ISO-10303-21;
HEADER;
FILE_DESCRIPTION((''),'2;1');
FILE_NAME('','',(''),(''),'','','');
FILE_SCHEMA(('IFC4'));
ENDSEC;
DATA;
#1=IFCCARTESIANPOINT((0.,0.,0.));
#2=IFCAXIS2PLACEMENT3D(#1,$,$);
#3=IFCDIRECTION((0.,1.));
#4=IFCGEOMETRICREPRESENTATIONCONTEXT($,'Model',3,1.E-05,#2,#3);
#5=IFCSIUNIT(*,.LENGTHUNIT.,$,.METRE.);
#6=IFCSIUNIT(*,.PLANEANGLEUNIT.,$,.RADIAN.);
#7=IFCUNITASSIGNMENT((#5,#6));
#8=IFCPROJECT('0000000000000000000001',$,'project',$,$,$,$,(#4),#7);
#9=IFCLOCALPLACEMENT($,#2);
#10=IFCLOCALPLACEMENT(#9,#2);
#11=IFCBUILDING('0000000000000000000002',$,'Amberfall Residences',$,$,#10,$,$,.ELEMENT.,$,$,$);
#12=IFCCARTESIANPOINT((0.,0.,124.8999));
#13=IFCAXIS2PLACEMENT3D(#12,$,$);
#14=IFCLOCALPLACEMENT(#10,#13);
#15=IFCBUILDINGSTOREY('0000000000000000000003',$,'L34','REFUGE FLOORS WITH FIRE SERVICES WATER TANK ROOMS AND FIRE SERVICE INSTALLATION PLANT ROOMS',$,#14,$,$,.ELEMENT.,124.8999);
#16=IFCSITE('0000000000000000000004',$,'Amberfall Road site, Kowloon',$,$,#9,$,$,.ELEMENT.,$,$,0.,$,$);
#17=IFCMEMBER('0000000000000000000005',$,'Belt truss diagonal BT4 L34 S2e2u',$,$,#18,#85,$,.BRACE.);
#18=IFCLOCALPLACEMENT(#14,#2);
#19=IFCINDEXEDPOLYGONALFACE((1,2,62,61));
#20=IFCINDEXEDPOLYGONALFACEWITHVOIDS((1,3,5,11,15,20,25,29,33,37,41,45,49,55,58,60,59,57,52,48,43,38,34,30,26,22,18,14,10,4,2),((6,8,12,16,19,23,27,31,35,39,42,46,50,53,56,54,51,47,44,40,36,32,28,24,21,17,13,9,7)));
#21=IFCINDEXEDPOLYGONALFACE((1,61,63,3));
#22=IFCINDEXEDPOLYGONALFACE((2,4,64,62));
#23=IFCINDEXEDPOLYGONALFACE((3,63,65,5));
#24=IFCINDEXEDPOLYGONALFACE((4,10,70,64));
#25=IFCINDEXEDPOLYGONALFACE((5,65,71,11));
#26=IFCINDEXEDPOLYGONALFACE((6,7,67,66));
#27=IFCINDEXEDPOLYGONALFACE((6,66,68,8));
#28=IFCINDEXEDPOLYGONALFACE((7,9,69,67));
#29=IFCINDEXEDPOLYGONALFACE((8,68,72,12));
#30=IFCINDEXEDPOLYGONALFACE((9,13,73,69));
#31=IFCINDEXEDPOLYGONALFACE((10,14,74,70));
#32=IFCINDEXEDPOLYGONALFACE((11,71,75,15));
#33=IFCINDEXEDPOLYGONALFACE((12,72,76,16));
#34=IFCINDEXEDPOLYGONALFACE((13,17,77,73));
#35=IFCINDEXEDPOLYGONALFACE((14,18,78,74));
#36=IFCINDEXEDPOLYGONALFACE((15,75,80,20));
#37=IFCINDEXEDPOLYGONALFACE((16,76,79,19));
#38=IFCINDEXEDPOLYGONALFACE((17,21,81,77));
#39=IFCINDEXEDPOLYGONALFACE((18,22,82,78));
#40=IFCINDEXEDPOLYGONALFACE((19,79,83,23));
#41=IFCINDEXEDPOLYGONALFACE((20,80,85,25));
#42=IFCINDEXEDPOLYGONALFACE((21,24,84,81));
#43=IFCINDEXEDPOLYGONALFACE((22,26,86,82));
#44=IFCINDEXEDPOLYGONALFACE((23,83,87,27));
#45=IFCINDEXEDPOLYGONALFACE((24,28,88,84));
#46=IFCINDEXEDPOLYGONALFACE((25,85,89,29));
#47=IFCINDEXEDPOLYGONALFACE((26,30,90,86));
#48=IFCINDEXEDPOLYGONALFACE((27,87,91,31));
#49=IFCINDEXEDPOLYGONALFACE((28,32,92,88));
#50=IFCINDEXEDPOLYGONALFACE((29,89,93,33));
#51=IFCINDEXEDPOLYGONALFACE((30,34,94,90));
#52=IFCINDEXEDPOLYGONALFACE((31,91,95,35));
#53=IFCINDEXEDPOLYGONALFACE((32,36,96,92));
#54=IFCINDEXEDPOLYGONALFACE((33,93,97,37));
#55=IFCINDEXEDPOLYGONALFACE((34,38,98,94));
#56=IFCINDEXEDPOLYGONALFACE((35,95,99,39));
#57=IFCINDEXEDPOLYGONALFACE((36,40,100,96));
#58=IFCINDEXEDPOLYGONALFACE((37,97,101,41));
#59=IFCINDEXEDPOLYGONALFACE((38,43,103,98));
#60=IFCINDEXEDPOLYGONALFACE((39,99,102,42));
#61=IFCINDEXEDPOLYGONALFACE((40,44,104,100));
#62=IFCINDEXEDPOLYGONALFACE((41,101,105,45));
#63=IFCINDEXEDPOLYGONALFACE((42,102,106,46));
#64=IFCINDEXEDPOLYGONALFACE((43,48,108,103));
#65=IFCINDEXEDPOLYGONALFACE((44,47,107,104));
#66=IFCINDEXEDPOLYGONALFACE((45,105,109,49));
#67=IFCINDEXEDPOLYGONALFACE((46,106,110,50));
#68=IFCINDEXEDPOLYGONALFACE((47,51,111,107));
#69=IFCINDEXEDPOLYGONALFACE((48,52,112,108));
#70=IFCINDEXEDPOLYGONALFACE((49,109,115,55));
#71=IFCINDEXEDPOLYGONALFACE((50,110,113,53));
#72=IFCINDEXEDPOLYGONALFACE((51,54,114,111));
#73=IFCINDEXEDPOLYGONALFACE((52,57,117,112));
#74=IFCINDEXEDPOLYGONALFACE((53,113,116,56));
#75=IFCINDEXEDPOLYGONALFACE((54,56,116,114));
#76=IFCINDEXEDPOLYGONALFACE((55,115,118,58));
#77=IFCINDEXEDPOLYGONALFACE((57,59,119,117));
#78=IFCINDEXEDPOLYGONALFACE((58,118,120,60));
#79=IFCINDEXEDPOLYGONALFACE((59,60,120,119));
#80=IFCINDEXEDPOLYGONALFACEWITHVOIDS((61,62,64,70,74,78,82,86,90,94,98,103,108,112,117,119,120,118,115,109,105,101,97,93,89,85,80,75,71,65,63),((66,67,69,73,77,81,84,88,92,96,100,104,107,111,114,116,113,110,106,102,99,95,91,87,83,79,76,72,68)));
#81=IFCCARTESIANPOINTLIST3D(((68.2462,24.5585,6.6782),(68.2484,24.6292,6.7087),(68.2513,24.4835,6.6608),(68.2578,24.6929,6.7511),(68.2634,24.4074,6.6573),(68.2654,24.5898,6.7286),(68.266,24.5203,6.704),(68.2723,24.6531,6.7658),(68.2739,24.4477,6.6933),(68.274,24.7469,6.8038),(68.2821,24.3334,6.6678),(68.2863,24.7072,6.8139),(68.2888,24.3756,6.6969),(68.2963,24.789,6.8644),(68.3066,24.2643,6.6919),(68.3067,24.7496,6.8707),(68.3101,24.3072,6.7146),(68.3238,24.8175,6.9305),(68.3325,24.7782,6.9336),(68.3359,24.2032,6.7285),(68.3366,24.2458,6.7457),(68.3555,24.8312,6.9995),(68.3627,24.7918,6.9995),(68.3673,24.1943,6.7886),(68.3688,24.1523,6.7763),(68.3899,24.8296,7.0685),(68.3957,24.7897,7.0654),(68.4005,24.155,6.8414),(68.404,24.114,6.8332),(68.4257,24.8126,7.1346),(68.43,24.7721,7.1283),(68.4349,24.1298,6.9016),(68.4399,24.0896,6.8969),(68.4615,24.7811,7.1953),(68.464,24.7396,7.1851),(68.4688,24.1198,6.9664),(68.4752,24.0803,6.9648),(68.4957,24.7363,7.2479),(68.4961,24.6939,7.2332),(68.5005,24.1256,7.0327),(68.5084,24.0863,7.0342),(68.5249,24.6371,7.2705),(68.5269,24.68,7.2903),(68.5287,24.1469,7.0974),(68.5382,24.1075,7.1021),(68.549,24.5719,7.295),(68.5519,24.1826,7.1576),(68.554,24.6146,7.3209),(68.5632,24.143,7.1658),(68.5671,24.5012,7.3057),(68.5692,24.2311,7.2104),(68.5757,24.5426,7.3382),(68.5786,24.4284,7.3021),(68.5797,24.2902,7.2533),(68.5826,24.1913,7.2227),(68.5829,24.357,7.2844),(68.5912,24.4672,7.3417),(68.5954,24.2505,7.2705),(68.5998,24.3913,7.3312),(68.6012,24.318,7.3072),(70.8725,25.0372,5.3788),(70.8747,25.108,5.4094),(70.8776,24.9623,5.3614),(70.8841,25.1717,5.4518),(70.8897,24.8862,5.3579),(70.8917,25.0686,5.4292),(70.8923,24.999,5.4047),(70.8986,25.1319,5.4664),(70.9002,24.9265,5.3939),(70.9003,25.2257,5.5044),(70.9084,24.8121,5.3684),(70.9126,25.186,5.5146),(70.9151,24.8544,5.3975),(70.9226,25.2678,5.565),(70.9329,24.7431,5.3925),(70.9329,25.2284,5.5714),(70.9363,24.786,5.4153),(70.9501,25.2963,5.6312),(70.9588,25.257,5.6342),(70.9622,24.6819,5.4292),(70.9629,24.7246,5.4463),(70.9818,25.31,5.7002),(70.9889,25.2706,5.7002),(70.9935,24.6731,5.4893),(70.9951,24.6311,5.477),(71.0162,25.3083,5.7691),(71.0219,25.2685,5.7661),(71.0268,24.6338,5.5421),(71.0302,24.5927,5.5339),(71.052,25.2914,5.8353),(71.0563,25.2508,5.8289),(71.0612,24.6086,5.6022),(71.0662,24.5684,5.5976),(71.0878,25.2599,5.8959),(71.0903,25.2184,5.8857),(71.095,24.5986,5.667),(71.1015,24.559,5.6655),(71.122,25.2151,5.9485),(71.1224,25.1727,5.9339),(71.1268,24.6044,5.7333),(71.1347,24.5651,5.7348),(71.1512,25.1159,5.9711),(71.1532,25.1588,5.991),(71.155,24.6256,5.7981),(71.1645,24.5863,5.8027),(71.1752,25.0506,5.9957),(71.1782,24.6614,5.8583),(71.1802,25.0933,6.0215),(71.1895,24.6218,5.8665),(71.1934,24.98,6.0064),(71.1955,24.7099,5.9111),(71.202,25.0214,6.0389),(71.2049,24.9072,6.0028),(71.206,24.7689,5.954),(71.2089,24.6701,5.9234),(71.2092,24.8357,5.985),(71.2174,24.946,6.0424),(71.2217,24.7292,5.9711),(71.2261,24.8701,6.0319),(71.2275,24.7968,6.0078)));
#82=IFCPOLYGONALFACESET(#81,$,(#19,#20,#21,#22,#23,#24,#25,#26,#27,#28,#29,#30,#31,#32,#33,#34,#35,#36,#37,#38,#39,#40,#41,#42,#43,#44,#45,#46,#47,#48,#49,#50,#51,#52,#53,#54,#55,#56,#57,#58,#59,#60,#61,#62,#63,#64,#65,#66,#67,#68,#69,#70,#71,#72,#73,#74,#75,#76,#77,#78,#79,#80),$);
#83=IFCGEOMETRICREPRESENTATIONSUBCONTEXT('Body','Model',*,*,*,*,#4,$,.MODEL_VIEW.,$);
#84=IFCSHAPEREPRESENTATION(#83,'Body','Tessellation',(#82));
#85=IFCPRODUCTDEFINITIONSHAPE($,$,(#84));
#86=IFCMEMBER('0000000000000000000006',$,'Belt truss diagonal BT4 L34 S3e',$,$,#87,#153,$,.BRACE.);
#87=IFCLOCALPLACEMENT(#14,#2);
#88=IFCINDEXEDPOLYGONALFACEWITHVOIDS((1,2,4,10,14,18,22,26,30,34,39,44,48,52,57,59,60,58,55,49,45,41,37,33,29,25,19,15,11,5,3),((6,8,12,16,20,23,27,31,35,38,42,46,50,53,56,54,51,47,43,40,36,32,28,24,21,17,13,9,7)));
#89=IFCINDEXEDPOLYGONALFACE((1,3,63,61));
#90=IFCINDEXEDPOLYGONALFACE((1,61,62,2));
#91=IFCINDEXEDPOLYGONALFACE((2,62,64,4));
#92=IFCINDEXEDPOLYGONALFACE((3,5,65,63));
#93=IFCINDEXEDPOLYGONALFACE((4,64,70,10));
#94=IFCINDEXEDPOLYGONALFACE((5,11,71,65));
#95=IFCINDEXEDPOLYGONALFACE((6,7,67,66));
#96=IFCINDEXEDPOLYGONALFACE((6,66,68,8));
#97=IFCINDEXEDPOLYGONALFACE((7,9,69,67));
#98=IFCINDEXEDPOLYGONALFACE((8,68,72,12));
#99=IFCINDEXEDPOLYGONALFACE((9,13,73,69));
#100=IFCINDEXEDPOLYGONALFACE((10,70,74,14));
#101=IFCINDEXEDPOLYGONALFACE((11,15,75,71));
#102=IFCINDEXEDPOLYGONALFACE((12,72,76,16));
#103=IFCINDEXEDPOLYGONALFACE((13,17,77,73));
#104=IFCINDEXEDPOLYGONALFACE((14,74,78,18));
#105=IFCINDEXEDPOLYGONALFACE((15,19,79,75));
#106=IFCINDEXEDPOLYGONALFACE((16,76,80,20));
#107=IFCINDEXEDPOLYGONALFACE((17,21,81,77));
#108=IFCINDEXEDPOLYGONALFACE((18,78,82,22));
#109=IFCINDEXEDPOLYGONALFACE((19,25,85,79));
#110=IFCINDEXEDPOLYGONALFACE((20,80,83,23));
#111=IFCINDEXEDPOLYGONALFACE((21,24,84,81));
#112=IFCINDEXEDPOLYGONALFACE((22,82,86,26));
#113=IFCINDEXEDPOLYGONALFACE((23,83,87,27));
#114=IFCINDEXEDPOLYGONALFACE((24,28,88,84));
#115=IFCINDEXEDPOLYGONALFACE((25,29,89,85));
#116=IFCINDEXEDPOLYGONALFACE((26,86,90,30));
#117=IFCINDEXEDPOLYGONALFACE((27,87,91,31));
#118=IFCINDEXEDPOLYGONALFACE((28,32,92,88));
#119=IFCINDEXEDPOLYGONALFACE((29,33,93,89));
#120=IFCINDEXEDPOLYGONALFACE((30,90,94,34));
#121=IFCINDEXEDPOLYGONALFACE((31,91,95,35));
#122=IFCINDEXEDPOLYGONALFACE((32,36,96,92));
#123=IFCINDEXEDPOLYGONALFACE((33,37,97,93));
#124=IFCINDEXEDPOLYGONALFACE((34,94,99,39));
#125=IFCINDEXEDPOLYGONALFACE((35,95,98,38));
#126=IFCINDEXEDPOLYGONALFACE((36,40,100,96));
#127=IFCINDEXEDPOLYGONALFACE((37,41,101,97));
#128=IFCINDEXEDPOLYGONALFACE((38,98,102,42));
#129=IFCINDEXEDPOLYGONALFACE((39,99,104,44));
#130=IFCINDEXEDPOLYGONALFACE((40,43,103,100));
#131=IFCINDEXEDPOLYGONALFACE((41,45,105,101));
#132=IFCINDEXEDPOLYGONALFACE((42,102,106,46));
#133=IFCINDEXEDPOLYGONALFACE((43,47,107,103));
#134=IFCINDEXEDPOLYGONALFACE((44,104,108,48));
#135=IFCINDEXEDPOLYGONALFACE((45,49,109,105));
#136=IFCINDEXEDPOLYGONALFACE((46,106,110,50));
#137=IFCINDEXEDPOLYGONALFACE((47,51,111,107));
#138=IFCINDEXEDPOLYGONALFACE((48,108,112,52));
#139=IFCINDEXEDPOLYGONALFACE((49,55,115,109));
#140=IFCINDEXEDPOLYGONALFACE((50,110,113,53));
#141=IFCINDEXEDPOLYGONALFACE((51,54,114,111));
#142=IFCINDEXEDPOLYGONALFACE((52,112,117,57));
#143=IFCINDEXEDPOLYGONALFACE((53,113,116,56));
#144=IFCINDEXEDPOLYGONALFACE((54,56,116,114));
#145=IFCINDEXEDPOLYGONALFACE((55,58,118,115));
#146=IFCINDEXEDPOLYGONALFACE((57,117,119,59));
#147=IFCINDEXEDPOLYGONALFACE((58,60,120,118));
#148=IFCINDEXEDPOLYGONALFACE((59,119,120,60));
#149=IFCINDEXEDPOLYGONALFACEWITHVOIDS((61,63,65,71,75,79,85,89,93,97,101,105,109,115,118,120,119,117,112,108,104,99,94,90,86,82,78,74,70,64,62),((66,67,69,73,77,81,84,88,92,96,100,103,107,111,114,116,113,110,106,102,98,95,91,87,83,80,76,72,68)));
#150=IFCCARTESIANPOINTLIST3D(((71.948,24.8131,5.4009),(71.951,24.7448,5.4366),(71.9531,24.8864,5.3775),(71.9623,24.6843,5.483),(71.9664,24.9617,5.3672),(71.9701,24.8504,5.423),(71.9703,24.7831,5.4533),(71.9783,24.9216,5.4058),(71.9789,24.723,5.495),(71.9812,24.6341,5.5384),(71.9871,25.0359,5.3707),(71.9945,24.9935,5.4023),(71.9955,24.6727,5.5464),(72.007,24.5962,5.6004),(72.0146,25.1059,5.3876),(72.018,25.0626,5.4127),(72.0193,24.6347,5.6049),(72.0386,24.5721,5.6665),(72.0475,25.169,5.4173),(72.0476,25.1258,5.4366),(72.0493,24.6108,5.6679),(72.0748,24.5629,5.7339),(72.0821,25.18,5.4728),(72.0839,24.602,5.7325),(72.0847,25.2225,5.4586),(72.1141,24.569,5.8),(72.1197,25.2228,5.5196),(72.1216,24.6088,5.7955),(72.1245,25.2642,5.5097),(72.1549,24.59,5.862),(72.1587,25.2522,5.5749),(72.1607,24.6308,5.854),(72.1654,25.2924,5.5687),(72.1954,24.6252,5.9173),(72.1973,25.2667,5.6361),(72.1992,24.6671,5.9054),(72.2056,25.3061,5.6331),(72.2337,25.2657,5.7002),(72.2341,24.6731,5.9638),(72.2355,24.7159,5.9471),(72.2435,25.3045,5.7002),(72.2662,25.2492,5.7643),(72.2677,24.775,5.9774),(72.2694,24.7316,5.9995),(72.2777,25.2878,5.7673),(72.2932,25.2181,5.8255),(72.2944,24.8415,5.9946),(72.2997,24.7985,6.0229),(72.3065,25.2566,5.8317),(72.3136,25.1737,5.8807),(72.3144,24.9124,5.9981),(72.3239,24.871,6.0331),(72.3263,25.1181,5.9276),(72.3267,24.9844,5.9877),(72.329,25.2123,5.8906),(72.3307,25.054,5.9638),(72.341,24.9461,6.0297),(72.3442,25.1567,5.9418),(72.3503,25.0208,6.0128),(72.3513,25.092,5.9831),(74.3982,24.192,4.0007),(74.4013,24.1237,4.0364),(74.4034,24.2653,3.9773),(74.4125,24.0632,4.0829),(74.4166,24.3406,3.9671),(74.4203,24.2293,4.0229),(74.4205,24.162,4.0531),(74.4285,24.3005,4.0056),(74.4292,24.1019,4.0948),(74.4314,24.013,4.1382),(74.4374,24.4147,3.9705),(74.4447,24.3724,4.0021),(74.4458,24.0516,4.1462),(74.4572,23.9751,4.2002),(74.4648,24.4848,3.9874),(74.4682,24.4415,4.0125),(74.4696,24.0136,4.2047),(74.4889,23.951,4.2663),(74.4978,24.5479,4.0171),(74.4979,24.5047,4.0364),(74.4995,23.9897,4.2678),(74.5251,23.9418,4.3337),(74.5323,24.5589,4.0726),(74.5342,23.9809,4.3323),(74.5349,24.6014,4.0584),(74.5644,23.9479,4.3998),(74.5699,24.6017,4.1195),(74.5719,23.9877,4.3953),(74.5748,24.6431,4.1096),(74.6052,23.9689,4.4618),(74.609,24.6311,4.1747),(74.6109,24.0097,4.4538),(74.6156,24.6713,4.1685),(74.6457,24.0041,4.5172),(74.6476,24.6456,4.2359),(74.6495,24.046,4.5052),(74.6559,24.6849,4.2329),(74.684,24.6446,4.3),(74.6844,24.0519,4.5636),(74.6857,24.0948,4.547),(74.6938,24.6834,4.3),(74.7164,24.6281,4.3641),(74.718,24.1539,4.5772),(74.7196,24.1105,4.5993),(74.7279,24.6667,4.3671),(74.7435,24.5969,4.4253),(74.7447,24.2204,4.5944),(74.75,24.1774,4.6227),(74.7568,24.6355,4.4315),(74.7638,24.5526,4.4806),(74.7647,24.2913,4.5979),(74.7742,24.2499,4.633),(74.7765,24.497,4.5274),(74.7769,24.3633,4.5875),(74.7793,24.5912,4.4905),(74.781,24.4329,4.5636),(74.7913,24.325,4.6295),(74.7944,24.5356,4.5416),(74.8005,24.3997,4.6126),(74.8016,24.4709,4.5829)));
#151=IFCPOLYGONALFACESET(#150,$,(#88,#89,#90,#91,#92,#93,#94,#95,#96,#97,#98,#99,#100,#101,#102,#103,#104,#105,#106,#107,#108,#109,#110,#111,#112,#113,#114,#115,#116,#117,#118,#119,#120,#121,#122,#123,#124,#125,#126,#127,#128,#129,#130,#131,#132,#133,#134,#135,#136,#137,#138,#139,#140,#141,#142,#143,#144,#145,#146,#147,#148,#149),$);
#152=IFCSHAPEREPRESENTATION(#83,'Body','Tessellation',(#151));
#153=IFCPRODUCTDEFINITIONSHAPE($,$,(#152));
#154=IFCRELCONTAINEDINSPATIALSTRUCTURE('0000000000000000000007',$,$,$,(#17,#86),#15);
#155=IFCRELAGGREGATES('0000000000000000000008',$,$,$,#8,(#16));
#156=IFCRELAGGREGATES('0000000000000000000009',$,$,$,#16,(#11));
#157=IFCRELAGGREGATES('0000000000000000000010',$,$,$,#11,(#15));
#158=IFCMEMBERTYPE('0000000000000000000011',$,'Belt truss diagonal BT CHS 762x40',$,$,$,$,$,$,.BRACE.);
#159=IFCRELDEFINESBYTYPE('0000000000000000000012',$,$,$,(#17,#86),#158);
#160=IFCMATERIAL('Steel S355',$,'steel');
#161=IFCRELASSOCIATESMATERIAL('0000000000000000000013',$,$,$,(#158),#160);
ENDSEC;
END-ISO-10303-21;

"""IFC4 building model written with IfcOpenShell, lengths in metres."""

from ifc_helpers import new_model, si_unit, direction, frame, origin, origin_2d, place, context, subcontext, project, spatial, hollow_circle, extrude, material, material_profile, profile_set, type_object, element, save


model = new_model("IFC4")

# Units and contexts
model_context = context("Model", 3, precision=1e-05, world=origin(), true_north=direction((0.0, 1.0)))
body_context = subcontext(model_context, "Body", "Model", "MODEL_VIEW")
ifc_project = project(units=[si_unit("LENGTHUNIT", "METRE"), si_unit("PLANEANGLEUNIT", "RADIAN")], contexts=[model_context])

# Site, building, storey
site_placement = place(None, origin())
site = spatial("IfcSite", under=ifc_project, at=site_placement, Name="Amberfall Road site, Kowloon", CompositionType="ELEMENT", RefElevation=0.0)
building_placement = place(site_placement, origin())
building = spatial("IfcBuilding", under=site, at=building_placement, Name="Amberfall Residences", CompositionType="ELEMENT")
storey_placement = place(building_placement, frame((0.0, 0.0, 124.8999)))
storey = spatial("IfcBuildingStorey", under=building, at=storey_placement, Name="L34", Description="REFUGE FLOORS WITH FIRE SERVICES WATER TANK ROOMS AND FIRE SERVICE INSTALLATION PLANT ROOMS", CompositionType="ELEMENT", Elevation=124.8999)

# Shared definitions
ifc_material_1 = material(Name="Steel S355", Category="steel")

# Members
ifc_material_profile_1 = material_profile(ifc_material_1, hollow_circle(Radius=0.3811, WallThickness=0.04, at=origin_2d()), Name="CHS 762x40")
ifc_profile_set_1 = profile_set([ifc_material_profile_1], Name="Steel S355")
member_type_1 = type_object("IfcMemberType", Name="Belt truss diagonal BT CHS 762x40", PredefinedType="BRACE", material=ifc_profile_set_1)
member_1_placement = place(storey_placement, frame((68.4238, 24.4563, 6.9995), z_axis=(0.884572, 0.161257, -0.43764), x_axis=(-0.179344, 0.983786, 0.0)))
element("IfcMember", 1, at=member_1_placement, inside=storey, type_object=member_type_1, Name="Belt truss diagonal BT4 L34 S2e2u", PredefinedType="BRACE", context=body_context, shape_type="SweptSolid", body=[
    extrude(hollow_circle(Radius=0.3811, WallThickness=0.04, at=origin_2d()), origin(), (0.0, 0.0, 1.0), 2.969),
])
member_2_placement = place(storey_placement, frame((72.1499, 24.9351, 5.7002), z_axis=(0.847944, -0.214943, -0.484552), x_axis=(0.245716, 0.969342, 0.0)))
element("IfcMember", 2, at=member_2_placement, inside=storey, type_object=member_type_1, Name="Belt truss diagonal BT4 L34 S3e", PredefinedType="BRACE", context=body_context, shape_type="SweptSolid", body=[
    extrude(hollow_circle(Radius=0.3811, WallThickness=0.04, at=origin_2d()), origin(), (0.0, 0.0, 1.0), 2.8896),
])

save(model, "model.ifc")
